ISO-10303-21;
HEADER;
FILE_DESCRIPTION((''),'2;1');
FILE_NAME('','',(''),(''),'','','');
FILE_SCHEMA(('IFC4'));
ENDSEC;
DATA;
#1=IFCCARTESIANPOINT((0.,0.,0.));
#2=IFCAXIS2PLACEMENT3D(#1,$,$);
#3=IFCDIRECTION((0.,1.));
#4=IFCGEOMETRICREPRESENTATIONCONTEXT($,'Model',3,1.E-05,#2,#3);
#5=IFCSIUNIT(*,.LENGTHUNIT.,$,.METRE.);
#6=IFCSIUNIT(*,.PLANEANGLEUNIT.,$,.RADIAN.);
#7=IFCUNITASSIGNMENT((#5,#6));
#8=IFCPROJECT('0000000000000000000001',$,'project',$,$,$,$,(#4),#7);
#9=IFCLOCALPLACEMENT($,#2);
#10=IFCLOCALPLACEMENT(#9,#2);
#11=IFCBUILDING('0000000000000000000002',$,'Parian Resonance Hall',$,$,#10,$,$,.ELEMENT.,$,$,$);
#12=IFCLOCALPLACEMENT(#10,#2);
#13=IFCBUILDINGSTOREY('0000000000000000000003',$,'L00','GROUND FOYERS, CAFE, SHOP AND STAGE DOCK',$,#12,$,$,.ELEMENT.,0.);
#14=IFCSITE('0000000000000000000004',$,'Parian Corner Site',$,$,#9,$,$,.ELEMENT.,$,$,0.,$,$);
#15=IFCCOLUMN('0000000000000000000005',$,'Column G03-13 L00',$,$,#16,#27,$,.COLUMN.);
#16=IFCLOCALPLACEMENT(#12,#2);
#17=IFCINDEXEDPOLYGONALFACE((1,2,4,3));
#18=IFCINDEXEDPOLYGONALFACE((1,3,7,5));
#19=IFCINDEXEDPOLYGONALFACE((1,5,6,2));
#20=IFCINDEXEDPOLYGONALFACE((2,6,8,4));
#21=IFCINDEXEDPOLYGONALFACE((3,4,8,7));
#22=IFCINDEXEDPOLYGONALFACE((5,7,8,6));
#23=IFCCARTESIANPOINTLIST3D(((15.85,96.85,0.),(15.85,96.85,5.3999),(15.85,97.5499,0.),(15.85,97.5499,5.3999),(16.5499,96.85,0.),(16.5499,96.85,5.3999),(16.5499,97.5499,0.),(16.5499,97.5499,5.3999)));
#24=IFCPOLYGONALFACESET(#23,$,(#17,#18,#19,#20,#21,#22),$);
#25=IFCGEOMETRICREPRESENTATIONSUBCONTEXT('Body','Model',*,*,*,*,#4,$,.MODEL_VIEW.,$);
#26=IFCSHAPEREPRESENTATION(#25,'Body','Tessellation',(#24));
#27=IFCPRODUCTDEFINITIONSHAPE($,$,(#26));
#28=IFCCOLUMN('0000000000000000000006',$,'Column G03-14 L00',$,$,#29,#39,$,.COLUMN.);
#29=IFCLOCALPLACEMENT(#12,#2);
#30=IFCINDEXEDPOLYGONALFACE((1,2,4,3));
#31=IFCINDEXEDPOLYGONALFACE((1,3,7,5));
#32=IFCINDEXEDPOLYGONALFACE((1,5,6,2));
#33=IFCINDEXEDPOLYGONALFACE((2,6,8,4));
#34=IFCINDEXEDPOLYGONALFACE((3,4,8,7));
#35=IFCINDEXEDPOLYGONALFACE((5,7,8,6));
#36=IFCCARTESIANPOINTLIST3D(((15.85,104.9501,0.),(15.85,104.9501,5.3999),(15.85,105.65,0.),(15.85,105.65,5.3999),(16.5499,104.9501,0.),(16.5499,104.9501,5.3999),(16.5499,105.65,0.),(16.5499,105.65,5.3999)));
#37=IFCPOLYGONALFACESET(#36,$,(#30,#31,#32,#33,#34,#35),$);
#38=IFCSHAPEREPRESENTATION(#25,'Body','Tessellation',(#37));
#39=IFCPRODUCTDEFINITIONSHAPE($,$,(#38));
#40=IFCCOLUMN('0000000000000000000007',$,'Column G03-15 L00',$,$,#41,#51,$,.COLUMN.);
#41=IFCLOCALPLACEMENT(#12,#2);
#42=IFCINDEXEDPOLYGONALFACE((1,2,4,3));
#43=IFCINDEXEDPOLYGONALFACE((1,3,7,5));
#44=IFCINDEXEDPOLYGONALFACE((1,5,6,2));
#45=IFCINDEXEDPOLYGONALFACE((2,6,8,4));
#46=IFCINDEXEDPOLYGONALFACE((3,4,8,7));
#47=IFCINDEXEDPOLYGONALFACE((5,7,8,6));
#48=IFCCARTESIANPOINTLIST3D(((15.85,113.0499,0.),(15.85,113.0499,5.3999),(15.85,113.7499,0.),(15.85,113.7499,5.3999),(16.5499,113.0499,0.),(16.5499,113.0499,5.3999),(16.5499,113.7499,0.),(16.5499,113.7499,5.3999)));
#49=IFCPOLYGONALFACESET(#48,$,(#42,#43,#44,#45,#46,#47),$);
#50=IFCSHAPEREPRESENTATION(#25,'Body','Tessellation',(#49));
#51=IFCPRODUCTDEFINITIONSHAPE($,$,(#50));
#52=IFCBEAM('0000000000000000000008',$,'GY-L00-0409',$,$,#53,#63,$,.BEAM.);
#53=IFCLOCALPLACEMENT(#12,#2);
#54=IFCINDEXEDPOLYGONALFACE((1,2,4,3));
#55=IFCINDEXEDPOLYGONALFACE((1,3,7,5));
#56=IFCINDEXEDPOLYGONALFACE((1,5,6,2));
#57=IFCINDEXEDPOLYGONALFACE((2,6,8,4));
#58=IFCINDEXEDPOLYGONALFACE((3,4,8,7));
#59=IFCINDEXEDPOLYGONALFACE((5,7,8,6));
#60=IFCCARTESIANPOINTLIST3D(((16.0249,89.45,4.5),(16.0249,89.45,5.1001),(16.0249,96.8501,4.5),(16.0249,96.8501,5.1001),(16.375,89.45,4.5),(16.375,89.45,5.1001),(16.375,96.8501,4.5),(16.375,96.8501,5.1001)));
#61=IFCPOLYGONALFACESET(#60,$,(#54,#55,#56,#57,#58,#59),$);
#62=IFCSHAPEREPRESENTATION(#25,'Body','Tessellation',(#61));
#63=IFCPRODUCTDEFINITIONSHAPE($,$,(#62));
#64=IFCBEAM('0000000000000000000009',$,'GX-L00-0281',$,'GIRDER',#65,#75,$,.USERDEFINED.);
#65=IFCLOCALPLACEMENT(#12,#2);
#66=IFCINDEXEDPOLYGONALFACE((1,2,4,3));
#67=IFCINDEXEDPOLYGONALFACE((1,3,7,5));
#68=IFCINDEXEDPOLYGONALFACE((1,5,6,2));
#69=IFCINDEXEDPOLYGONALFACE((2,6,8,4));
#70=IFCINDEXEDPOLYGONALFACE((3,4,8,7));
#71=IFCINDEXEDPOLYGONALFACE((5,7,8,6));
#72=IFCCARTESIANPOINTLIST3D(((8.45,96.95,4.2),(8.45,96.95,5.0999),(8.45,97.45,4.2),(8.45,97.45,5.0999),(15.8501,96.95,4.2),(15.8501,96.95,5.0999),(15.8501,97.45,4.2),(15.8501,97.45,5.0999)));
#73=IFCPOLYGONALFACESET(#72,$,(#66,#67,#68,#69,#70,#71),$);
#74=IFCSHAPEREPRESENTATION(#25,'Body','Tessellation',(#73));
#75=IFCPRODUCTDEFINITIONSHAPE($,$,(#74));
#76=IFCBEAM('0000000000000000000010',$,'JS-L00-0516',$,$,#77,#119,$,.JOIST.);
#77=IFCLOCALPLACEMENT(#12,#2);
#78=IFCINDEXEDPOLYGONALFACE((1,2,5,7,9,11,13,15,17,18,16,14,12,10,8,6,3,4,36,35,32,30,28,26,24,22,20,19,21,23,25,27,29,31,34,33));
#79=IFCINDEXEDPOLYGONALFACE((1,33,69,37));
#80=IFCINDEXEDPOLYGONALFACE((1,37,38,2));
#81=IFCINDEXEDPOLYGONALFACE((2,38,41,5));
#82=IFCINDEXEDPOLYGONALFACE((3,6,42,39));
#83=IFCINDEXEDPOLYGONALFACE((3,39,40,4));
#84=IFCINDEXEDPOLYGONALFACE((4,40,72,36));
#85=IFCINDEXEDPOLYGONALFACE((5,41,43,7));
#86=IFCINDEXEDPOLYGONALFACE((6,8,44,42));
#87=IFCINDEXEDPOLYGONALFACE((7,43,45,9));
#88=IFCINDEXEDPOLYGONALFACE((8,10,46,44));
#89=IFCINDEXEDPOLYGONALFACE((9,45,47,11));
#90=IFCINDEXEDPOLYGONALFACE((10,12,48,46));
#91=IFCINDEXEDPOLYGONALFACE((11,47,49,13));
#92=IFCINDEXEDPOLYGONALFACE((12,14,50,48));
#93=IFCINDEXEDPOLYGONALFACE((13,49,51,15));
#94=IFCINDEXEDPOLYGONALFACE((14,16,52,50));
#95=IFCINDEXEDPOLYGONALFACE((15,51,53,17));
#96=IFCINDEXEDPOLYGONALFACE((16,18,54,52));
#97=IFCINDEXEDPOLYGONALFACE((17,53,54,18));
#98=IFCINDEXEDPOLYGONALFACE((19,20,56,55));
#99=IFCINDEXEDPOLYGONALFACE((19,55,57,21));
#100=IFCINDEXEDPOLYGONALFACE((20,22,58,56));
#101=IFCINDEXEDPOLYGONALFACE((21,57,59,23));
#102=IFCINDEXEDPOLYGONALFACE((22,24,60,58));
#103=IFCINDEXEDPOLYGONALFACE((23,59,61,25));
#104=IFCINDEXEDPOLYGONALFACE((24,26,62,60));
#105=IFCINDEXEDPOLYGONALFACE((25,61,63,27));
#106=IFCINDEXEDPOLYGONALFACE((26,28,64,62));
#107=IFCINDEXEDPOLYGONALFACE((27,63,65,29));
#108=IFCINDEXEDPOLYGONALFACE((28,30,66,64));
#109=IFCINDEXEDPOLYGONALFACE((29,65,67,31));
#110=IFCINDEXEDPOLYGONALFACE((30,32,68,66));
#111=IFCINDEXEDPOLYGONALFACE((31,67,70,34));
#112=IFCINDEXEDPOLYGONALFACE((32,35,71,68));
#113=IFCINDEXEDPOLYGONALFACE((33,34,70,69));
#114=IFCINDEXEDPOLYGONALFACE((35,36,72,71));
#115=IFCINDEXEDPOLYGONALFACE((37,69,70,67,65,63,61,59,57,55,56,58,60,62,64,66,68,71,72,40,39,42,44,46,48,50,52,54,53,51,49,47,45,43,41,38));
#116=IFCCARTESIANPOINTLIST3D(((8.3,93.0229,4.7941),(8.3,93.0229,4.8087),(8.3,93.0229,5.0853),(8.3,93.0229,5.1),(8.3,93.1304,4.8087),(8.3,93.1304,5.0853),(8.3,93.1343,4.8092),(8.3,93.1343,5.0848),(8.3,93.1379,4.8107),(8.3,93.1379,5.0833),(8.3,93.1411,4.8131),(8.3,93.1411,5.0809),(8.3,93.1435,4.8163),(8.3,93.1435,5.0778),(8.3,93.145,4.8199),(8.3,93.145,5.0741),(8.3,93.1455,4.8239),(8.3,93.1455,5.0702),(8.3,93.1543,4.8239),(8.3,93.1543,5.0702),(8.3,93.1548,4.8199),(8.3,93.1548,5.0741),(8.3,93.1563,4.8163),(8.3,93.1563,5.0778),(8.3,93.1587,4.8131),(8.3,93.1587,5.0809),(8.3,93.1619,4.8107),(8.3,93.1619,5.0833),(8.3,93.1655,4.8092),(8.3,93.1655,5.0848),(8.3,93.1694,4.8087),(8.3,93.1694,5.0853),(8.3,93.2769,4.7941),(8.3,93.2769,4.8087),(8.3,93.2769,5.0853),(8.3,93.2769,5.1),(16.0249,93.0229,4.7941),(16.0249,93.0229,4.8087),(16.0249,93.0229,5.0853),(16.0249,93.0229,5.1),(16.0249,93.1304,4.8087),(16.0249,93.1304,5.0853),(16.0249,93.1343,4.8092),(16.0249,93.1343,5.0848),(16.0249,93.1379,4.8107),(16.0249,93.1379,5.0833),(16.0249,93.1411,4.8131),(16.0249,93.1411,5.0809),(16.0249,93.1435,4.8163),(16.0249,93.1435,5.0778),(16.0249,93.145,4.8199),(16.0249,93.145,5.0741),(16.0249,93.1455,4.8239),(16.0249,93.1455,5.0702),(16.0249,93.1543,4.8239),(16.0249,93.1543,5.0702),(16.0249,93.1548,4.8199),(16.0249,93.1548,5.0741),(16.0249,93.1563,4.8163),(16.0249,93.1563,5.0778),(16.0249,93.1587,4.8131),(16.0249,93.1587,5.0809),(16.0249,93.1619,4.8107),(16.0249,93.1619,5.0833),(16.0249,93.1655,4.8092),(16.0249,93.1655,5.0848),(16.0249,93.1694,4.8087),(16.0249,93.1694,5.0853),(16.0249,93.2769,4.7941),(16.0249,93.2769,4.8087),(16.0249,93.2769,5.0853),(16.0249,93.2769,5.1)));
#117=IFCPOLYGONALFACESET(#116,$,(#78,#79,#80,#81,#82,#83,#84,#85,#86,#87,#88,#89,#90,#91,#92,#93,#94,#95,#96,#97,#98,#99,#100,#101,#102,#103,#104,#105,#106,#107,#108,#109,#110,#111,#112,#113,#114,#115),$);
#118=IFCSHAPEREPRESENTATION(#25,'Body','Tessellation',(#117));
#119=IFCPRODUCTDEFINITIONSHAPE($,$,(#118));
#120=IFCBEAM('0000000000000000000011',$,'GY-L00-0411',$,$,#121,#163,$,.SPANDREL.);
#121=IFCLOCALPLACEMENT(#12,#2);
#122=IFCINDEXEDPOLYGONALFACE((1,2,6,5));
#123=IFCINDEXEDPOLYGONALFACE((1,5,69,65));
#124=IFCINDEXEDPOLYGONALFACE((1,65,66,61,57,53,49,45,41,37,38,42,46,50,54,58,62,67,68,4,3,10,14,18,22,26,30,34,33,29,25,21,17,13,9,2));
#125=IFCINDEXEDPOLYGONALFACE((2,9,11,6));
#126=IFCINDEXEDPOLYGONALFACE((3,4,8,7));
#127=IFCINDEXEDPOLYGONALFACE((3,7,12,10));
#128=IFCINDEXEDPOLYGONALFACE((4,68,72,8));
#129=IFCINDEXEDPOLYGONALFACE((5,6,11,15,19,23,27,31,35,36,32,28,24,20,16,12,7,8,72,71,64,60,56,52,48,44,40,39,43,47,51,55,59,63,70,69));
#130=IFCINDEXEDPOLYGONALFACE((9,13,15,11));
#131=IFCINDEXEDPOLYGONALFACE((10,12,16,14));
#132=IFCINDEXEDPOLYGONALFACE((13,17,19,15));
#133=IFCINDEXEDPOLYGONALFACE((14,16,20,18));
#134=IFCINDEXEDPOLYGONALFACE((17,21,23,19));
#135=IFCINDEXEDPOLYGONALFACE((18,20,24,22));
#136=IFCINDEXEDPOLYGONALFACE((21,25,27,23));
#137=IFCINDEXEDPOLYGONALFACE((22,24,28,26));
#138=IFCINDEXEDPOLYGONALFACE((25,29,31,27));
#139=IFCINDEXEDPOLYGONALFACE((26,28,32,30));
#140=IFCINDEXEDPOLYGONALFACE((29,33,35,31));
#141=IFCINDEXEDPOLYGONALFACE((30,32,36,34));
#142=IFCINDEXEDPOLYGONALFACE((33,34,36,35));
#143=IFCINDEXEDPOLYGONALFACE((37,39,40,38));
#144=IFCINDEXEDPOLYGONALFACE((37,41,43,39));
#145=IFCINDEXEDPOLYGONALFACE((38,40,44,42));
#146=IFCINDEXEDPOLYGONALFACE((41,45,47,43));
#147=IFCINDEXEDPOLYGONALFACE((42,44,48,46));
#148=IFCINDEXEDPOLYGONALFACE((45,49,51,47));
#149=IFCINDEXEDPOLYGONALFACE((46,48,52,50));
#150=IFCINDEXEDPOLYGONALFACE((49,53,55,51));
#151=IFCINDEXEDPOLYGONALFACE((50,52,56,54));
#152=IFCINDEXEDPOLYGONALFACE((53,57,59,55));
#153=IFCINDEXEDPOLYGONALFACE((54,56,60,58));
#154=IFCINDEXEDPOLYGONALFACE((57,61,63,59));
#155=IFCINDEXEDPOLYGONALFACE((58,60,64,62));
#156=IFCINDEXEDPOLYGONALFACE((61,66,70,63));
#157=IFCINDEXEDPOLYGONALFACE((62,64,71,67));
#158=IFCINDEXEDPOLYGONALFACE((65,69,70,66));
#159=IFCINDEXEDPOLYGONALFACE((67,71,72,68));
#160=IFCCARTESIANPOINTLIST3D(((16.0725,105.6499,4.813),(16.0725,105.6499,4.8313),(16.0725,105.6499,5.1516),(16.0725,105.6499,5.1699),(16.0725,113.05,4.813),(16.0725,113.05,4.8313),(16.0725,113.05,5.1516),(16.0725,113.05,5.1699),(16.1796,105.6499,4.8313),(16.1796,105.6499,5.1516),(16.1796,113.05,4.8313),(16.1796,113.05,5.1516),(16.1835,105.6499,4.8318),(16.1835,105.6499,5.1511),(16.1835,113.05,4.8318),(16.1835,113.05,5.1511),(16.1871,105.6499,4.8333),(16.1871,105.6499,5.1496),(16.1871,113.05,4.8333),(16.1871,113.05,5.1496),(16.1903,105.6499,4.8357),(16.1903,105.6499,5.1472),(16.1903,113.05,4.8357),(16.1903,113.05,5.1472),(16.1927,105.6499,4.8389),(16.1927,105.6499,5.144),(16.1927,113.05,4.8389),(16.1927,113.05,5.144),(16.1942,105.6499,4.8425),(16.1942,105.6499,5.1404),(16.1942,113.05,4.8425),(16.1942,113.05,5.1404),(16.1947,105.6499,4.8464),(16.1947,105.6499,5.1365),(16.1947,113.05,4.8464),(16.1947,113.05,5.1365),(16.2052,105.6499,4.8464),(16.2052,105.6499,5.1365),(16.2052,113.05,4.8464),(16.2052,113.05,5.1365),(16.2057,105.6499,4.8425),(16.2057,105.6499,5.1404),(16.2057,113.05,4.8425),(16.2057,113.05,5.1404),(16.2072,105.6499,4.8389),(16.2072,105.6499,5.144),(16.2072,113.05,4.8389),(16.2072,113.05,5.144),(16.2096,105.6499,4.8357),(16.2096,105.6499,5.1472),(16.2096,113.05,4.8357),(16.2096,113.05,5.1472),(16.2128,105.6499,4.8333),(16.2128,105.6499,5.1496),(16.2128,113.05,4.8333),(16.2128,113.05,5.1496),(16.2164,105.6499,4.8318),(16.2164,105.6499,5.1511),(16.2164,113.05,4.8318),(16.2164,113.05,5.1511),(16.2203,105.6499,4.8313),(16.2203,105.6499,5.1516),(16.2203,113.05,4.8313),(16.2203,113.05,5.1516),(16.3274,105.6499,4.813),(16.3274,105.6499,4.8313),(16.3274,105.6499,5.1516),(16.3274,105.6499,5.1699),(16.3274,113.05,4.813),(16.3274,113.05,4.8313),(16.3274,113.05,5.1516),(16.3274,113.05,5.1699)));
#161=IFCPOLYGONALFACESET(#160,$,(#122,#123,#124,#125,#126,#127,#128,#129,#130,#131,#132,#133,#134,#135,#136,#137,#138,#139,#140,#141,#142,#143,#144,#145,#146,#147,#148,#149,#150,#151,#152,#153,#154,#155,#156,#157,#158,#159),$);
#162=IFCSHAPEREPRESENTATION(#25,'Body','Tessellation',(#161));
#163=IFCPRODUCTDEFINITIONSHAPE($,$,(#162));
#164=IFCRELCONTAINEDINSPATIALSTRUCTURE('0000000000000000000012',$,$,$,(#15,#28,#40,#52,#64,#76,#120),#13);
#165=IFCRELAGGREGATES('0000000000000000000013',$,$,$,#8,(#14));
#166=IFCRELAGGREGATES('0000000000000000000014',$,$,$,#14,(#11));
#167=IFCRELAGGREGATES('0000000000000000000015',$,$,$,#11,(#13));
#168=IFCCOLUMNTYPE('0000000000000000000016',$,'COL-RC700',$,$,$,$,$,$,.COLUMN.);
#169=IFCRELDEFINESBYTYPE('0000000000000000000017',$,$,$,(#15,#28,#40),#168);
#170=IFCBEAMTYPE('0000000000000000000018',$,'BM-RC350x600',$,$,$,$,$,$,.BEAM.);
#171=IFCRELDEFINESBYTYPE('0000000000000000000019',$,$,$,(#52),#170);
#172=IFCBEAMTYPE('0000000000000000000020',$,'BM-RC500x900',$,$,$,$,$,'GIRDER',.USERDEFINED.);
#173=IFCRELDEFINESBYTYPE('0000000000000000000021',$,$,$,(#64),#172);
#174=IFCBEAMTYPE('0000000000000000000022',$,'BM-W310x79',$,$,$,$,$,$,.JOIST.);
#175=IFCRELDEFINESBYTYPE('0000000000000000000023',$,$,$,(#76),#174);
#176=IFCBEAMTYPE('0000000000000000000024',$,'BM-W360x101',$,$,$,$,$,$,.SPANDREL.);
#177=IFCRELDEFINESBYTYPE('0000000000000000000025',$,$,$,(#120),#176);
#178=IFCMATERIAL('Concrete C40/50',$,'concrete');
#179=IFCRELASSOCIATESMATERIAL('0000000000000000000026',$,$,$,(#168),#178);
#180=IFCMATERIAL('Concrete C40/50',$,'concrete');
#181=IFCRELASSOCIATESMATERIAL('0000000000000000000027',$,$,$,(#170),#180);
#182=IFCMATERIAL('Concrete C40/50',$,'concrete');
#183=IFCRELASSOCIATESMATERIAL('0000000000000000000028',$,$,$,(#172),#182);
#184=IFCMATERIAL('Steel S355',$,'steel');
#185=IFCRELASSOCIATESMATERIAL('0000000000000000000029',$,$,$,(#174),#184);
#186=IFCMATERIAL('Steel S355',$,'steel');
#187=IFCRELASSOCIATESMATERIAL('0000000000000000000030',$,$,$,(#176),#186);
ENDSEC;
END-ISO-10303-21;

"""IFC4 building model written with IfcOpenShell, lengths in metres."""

from ifc_helpers import new_model, si_unit, direction, frame, origin, origin_2d, place, context, subcontext, project, spatial, rectangle, i_section, extrude, material, material_profile, profile_set, type_object, element, save


model = new_model("IFC4")

# Units and contexts
model_context = context("Model", 3, precision=1e-05, world=origin(), true_north=direction((0.0, 1.0)))
body_context = subcontext(model_context, "Body", "Model", "MODEL_VIEW")
ifc_project = project(units=[si_unit("LENGTHUNIT", "METRE"), si_unit("PLANEANGLEUNIT", "RADIAN")], contexts=[model_context])

# Site, building, storey
site_placement = place(None, origin())
site = spatial("IfcSite", under=ifc_project, at=site_placement, Name="Parian Corner Site", CompositionType="ELEMENT", RefElevation=0.0)
building_placement = place(site_placement, origin())
building = spatial("IfcBuilding", under=site, at=building_placement, Name="Parian Resonance Hall", CompositionType="ELEMENT")
storey_placement = place(building_placement, origin())
storey = spatial("IfcBuildingStorey", under=building, at=storey_placement, Name="L00", Description="GROUND FOYERS, CAFE, SHOP AND STAGE DOCK", CompositionType="ELEMENT", Elevation=0.0)

# Columns
ifc_material_1 = material(Name="Concrete C40/50", Category="concrete")
ifc_material_profile_1 = material_profile(ifc_material_1, rectangle(XDim=0.7, YDim=0.7, at=origin_2d()), Name="RC-COL-700x700")
ifc_profile_set_1 = profile_set([ifc_material_profile_1], Name="Concrete C40/50")
column_type = type_object("IfcColumnType", Name="COL-RC700", PredefinedType="COLUMN", material=ifc_profile_set_1)
for number, where, z_axis, x_axis, name in (
    (1, (16.2, 97.2, 0.0), (0.0, 0.0, 1.0), (1.0, 0.0, 0.0), "Column G03-13 L00"),
    (2, (16.2, 105.3, 0.0), (0.0, 0.0, 1.0), (1.0, 0.0, 0.0), "Column G03-14 L00"),
    (3, (16.2, 113.3999, 0.0), (0.0, 0.0, 1.0), (1.0, 0.0, 0.0), "Column G03-15 L00"),
):
    element("IfcColumn", number, at=place(storey_placement, frame(where, z_axis=z_axis, x_axis=x_axis)), inside=storey, type_object=column_type, Name=name, PredefinedType="COLUMN", context=body_context, shape_type="SweptSolid", body=[
        extrude(rectangle(XDim=0.7, YDim=0.7, at=origin_2d()), origin(), (0.0, 0.0, 1.0), 5.3999),
    ])

# Beams
ifc_material_2 = material(Name="Concrete C40/50", Category="concrete")
ifc_material_profile_2 = material_profile(ifc_material_2, rectangle(XDim=0.3501, YDim=0.6001, at=origin_2d()), Name="RC-BM-350x600")
ifc_profile_set_2 = profile_set([ifc_material_profile_2], Name="Concrete C40/50")
beam_type_1 = type_object("IfcBeamType", Name="BM-RC350x600", PredefinedType="BEAM", material=ifc_profile_set_2)
beam_1_placement = place(storey_placement, frame((16.2, 89.45, 4.8), z_axis=(0.0, 1.0, 0.0), x_axis=(-1.0, 0.0, 0.0)))
element("IfcBeam", 4, at=beam_1_placement, inside=storey, type_object=beam_type_1, Name="GY-L00-0409", PredefinedType="BEAM", context=body_context, shape_type="SweptSolid", body=[
    extrude(rectangle(XDim=0.3501, YDim=0.6001, at=origin_2d()), origin(), (0.0, 0.0, 1.0), 7.4001),
])
ifc_material_3 = material(Name="Concrete C40/50", Category="concrete")
ifc_material_profile_3 = material_profile(ifc_material_3, rectangle(XDim=0.5, YDim=0.8999, at=origin_2d()), Name="RC-BM-500x900")
ifc_profile_set_3 = profile_set([ifc_material_profile_3], Name="Concrete C40/50")
beam_type_2 = type_object("IfcBeamType", Name="BM-RC500x900", ElementType="GIRDER", PredefinedType="USERDEFINED", material=ifc_profile_set_3)
beam_2_placement = place(storey_placement, frame((8.45, 97.2, 4.6499), z_axis=(1.0, 0.0, 0.0), x_axis=(0.0, 1.0, 0.0)))
element("IfcBeam", 5, at=beam_2_placement, inside=storey, type_object=beam_type_2, Name="GX-L00-0281", ObjectType="GIRDER", PredefinedType="USERDEFINED", context=body_context, shape_type="SweptSolid", body=[
    extrude(rectangle(XDim=0.5, YDim=0.8999, at=origin_2d()), origin(), (0.0, 0.0, 1.0), 7.4001),
])
ifc_material_4 = material(Name="Steel S355", Category="steel")
ifc_material_profile_4 = material_profile(ifc_material_4, i_section(OverallWidth=0.2539, OverallDepth=0.3059, WebThickness=0.0088, FlangeThickness=0.0146, FilletRadius=0.0151, at=origin_2d()), Name="W310x79")
ifc_profile_set_4 = profile_set([ifc_material_profile_4], Name="Steel S355")
beam_type_3 = type_object("IfcBeamType", Name="BM-W310x79", PredefinedType="JOIST", material=ifc_profile_set_4)
beam_3_placement = place(storey_placement, frame((8.3, 93.1499, 4.947), z_axis=(1.0, 0.0, 0.0), x_axis=(0.0, 1.0, 0.0)))
element("IfcBeam", 6, at=beam_3_placement, inside=storey, type_object=beam_type_3, Name="JS-L00-0516", PredefinedType="JOIST", context=body_context, shape_type="SweptSolid", body=[
    extrude(i_section(OverallWidth=0.2539, OverallDepth=0.3059, WebThickness=0.0088, FlangeThickness=0.0146, FilletRadius=0.0151, at=origin_2d()), origin(), (0.0, 0.0, 1.0), 7.7249),
])
ifc_material_5 = material(Name="Steel S355", Category="steel")
ifc_material_profile_5 = material_profile(ifc_material_5, i_section(OverallWidth=0.2549, OverallDepth=0.3569, WebThickness=0.0105, FlangeThickness=0.0183, FilletRadius=0.0151, at=origin_2d()), Name="W360x101")
ifc_profile_set_5 = profile_set([ifc_material_profile_5], Name="Steel S355")
beam_type_4 = type_object("IfcBeamType", Name="BM-W360x101", PredefinedType="SPANDREL", material=ifc_profile_set_5)
beam_4_placement = place(storey_placement, frame((16.2, 105.6499, 4.9915), z_axis=(0.0, 1.0, 0.0), x_axis=(-1.0, 0.0, 0.0)))
element("IfcBeam", 7, at=beam_4_placement, inside=storey, type_object=beam_type_4, Name="GY-L00-0411", PredefinedType="SPANDREL", context=body_context, shape_type="SweptSolid", body=[
    extrude(i_section(OverallWidth=0.2549, OverallDepth=0.3569, WebThickness=0.0105, FlangeThickness=0.0183, FilletRadius=0.0151, at=origin_2d()), origin(), (0.0, 0.0, 1.0), 7.4001),
])

save(model, "model.ifc")
